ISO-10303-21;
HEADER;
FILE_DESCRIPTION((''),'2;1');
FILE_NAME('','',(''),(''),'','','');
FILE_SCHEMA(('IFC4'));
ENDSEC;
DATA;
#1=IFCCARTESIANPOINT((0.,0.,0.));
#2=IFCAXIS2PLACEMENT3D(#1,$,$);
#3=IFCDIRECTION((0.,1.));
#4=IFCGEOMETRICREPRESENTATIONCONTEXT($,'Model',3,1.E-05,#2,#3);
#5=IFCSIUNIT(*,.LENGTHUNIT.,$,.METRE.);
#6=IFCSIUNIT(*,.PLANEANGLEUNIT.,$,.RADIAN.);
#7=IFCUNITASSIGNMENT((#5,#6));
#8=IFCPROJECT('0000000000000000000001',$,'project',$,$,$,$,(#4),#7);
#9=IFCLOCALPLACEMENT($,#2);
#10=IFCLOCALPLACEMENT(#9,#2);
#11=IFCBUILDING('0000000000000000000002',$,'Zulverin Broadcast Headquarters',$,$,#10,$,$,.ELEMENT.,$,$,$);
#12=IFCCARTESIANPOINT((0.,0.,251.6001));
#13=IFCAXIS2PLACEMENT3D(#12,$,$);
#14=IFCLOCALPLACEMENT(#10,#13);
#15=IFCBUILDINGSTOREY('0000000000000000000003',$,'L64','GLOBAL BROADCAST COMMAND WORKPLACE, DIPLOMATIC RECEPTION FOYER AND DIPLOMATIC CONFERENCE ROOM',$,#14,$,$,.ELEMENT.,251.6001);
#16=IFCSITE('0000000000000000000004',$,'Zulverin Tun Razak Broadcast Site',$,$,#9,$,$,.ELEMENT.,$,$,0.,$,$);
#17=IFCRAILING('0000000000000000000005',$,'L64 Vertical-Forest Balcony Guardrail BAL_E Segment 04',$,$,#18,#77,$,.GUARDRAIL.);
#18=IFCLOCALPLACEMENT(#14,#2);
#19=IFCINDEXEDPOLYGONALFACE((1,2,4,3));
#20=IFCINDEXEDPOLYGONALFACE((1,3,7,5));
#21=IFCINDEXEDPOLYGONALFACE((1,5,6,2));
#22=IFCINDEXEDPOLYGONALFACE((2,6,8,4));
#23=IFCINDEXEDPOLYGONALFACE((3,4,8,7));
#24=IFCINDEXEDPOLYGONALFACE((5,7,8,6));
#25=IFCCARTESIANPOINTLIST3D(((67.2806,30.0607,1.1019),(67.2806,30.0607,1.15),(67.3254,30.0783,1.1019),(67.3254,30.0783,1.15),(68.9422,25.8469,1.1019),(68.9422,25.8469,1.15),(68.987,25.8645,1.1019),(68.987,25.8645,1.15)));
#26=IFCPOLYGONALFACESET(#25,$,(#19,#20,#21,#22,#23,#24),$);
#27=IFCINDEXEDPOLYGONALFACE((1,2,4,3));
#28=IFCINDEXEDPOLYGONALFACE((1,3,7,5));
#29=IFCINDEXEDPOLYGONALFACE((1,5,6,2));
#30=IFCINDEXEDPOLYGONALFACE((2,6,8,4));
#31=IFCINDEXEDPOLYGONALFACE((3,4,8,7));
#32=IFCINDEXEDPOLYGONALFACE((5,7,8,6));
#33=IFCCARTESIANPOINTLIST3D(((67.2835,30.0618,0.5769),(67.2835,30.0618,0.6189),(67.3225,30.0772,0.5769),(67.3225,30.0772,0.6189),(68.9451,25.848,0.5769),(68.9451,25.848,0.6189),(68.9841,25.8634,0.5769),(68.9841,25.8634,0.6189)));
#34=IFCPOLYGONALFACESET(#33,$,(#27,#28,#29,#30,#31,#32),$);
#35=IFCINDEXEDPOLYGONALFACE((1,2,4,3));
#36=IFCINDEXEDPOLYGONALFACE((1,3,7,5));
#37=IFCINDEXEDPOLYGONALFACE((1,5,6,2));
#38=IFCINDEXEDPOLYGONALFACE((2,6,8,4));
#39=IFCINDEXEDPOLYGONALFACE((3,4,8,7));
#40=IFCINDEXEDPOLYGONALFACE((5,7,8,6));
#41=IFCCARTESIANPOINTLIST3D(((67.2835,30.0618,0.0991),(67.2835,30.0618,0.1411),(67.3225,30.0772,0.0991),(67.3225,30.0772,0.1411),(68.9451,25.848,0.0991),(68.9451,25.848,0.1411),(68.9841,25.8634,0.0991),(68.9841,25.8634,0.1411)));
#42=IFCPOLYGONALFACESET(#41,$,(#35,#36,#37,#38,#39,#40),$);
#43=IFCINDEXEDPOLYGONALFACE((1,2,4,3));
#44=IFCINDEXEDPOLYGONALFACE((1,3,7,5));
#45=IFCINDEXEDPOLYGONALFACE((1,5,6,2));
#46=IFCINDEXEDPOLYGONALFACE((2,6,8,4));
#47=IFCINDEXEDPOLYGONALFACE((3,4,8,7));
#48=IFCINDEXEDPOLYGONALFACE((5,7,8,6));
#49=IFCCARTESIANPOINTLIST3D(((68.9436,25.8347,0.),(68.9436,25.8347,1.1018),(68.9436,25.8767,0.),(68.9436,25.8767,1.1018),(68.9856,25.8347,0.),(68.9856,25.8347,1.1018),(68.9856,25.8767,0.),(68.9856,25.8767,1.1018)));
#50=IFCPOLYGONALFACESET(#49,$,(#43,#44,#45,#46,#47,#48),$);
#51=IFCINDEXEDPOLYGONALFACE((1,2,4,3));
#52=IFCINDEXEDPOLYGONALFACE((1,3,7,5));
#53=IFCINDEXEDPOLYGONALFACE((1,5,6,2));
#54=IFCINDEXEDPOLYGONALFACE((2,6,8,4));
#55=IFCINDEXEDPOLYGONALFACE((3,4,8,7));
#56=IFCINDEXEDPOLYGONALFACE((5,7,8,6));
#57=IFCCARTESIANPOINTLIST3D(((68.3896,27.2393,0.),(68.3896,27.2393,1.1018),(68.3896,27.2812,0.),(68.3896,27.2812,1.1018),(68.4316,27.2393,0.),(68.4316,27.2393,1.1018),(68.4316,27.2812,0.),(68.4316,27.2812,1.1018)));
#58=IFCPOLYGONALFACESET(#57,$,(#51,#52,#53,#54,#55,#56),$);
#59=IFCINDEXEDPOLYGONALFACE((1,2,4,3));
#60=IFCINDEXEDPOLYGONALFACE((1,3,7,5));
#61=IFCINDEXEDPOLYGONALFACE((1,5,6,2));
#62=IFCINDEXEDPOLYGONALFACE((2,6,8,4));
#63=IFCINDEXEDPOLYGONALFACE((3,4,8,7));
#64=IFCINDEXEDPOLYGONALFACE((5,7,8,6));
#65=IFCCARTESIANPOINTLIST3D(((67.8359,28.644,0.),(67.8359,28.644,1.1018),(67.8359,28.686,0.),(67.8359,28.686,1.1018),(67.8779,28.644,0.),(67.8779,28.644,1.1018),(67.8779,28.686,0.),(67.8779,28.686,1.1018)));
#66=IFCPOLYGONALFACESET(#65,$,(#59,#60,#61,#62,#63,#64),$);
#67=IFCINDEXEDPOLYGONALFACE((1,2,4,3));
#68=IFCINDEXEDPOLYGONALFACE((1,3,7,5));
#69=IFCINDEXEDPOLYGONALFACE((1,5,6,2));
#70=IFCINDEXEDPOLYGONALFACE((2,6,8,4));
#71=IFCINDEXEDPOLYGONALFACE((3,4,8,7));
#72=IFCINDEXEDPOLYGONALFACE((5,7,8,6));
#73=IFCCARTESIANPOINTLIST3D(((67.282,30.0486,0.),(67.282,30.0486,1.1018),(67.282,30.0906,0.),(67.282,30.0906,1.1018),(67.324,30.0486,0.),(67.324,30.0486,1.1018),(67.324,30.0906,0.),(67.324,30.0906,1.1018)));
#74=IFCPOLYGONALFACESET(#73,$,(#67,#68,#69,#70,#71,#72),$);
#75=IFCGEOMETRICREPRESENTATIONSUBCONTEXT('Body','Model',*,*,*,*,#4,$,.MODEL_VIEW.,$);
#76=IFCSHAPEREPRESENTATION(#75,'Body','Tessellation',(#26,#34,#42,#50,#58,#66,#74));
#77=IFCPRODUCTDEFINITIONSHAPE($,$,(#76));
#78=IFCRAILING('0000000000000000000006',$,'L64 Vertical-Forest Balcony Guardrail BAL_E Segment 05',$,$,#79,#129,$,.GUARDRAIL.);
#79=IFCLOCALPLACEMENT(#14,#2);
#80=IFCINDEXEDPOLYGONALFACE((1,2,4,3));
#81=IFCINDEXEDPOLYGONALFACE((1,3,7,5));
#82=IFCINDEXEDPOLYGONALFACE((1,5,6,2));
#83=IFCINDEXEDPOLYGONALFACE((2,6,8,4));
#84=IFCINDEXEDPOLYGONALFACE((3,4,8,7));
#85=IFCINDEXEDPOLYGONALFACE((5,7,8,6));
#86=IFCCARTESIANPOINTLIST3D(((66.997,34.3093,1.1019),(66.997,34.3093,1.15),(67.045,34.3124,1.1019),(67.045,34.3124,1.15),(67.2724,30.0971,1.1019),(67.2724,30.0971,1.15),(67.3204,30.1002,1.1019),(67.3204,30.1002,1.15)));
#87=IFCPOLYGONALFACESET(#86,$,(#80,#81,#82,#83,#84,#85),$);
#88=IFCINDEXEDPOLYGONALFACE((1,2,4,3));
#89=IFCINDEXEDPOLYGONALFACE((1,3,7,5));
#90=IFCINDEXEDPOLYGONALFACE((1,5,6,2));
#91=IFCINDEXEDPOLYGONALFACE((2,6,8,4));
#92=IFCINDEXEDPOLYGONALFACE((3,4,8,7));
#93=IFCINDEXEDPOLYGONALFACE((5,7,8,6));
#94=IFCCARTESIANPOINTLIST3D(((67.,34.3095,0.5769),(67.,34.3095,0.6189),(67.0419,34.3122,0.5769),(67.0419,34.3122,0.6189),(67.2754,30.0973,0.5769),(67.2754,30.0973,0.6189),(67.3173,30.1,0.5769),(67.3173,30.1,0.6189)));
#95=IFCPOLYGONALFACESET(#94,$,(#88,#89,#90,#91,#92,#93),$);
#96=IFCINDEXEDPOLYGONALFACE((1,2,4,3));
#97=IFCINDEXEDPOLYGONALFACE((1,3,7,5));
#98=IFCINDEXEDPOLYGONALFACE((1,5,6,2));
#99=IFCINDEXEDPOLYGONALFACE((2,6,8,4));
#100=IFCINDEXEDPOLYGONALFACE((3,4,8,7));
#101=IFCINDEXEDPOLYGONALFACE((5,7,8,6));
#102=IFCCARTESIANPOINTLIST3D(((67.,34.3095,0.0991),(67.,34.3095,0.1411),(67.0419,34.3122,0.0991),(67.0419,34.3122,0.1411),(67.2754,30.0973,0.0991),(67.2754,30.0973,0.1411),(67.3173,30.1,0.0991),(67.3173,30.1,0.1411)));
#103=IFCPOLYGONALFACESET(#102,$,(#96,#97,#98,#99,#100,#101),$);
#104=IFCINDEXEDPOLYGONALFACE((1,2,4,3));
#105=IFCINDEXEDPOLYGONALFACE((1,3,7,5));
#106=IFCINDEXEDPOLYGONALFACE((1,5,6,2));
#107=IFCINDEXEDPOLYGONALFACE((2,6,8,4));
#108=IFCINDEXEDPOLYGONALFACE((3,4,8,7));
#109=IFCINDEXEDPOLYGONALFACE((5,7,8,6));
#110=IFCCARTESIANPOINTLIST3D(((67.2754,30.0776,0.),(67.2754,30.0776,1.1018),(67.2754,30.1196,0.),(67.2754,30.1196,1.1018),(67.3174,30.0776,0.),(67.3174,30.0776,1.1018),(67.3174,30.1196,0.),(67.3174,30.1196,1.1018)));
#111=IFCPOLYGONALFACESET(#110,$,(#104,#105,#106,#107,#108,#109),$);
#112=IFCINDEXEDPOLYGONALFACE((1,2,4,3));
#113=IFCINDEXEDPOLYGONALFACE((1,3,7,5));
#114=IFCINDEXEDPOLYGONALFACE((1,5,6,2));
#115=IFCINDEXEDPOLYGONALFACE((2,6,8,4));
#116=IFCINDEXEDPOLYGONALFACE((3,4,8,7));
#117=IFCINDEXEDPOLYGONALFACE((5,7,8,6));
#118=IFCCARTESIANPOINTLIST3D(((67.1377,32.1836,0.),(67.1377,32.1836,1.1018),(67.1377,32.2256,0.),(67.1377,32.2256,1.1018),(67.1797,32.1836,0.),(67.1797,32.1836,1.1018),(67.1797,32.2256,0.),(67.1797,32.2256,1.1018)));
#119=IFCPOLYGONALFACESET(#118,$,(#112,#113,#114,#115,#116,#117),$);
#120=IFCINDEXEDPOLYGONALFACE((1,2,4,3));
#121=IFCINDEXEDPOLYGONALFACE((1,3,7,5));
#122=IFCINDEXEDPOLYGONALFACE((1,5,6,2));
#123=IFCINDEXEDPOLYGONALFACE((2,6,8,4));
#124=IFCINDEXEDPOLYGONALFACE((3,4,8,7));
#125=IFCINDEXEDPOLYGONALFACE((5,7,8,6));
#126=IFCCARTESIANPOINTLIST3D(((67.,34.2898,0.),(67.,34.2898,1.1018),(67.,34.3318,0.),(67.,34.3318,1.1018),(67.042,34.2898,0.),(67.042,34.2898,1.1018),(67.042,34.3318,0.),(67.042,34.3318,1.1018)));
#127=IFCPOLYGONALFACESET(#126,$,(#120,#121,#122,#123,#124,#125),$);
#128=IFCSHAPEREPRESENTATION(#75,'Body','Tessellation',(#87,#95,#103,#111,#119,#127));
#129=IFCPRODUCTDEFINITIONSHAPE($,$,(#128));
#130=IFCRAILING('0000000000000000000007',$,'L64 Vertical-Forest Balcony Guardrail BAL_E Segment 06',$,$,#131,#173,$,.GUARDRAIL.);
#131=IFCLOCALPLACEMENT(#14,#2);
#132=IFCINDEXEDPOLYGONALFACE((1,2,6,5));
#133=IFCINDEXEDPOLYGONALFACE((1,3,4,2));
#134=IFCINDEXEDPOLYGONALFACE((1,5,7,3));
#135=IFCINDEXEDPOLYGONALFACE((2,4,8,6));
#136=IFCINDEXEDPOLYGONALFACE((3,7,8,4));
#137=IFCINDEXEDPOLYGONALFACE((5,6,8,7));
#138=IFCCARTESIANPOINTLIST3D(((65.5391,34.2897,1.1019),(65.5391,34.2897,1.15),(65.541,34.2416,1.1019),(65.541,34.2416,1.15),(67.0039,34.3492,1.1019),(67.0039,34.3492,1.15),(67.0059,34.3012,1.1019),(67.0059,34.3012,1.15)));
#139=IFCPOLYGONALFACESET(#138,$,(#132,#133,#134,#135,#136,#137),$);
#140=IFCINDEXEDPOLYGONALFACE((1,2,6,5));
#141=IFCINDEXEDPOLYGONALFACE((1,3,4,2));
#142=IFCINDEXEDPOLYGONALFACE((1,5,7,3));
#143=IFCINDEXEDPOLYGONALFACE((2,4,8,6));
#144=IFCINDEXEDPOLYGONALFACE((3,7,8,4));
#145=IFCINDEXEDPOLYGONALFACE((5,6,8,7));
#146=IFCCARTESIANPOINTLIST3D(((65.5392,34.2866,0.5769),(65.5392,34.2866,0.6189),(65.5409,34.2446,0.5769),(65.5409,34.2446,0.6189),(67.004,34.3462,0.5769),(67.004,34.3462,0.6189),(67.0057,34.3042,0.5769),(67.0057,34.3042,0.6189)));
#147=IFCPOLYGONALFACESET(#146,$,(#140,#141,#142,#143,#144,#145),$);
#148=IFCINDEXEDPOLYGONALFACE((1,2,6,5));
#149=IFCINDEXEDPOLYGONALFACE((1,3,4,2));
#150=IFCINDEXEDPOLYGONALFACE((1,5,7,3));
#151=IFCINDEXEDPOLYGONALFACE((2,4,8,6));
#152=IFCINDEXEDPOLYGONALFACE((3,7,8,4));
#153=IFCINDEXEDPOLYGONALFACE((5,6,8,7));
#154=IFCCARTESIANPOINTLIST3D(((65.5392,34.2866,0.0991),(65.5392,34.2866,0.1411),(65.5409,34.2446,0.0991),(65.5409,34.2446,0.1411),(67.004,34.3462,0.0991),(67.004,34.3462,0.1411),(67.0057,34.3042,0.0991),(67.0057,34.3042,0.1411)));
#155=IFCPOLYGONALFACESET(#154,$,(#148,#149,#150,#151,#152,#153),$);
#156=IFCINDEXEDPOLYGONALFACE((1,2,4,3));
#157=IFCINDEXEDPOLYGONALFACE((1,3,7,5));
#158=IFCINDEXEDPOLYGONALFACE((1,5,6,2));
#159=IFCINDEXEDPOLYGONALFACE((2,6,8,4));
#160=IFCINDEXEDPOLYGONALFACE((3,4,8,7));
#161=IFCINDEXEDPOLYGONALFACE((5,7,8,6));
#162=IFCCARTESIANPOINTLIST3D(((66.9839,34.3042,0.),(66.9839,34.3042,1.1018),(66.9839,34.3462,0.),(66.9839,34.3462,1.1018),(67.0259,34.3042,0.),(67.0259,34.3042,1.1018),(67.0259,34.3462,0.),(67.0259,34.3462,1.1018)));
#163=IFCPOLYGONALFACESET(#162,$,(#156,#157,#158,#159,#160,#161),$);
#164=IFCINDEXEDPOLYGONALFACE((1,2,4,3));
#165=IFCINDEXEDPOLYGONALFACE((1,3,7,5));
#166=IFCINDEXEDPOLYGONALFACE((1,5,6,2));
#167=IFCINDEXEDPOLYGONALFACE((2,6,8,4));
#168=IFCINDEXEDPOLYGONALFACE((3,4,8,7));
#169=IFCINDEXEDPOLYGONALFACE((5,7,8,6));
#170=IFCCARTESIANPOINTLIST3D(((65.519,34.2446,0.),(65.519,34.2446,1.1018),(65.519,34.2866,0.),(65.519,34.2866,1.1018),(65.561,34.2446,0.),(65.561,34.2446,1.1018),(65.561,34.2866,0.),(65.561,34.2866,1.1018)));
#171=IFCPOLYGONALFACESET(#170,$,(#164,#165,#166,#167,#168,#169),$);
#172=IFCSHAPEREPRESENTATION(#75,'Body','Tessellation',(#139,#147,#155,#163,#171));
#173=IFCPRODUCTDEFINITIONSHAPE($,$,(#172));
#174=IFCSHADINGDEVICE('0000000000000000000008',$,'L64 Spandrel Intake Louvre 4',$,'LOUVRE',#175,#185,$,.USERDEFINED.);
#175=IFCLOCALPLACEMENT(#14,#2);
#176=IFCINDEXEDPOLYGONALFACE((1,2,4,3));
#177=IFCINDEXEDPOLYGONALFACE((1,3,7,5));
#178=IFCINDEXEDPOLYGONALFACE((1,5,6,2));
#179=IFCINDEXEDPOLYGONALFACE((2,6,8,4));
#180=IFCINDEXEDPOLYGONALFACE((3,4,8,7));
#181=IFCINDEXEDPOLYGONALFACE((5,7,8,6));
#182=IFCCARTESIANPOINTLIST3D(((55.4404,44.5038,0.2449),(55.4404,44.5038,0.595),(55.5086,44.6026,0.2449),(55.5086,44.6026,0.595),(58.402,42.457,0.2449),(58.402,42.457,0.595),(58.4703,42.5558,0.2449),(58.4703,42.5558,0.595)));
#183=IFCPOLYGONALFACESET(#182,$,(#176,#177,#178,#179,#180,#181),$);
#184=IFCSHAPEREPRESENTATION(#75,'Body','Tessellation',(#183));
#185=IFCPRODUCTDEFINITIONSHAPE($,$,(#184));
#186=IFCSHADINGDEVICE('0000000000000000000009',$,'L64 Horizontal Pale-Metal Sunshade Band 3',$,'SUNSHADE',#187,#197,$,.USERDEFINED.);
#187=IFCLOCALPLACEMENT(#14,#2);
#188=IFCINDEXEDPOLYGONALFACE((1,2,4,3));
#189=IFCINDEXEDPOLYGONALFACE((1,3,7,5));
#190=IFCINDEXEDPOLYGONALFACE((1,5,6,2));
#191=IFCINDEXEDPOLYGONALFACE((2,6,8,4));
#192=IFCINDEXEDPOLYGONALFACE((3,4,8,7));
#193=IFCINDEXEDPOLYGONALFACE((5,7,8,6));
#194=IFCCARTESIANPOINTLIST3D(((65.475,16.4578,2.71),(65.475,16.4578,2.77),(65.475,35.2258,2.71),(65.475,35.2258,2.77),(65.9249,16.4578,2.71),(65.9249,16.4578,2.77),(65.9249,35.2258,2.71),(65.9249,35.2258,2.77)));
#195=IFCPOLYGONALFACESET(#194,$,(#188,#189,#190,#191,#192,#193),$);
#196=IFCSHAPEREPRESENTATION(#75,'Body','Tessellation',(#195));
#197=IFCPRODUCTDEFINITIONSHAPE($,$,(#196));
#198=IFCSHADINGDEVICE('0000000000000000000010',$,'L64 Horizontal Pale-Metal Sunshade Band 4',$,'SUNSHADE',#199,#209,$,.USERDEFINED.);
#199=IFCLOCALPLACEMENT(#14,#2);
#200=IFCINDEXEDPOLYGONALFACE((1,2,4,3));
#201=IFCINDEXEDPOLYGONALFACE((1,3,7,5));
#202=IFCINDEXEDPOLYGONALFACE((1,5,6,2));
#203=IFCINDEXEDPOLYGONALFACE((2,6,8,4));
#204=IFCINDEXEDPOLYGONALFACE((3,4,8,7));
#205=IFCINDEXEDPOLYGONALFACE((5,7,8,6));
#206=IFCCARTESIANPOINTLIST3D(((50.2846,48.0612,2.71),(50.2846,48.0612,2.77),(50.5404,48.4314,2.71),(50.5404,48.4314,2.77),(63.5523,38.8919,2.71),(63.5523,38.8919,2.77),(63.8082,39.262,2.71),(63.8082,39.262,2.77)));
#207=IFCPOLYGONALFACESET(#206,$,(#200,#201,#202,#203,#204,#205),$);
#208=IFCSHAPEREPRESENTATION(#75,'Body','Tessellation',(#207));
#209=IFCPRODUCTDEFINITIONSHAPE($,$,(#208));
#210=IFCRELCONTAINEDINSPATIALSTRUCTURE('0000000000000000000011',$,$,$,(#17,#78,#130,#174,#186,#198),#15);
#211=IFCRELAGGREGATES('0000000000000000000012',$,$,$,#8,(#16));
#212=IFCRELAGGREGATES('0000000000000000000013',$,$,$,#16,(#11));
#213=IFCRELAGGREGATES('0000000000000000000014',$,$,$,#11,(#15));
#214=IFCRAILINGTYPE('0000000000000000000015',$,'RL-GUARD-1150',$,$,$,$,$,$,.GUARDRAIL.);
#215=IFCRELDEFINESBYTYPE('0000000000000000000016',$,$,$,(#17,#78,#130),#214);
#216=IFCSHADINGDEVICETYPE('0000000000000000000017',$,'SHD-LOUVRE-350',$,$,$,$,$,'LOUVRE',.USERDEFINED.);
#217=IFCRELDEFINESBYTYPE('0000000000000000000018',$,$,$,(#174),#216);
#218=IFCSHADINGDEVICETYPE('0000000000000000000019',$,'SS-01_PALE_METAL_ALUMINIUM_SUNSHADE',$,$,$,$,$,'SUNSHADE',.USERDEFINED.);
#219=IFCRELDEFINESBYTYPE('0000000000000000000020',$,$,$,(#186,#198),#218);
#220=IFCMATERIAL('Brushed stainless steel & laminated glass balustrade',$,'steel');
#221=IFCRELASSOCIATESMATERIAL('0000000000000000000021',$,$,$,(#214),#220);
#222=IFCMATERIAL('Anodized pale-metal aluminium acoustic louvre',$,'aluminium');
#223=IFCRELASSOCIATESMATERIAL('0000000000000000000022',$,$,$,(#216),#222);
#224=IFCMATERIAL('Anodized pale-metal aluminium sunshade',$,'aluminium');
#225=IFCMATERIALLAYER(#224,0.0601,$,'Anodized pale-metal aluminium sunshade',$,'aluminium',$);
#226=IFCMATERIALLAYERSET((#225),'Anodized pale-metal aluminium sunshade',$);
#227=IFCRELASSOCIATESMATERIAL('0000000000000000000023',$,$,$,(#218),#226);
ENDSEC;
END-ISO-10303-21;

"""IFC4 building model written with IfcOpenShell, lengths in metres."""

from ifc_helpers import new_model, si_unit, direction, frame, origin, origin_2d, place, context, subcontext, project, spatial, rectangle, extrude, material, layer, layer_set, type_object, element, save


model = new_model("IFC4")

# Units and contexts
model_context = context("Model", 3, precision=1e-05, world=origin(), true_north=direction((0.0, 1.0)))
body_context = subcontext(model_context, "Body", "Model", "MODEL_VIEW")
ifc_project = project(units=[si_unit("LENGTHUNIT", "METRE"), si_unit("PLANEANGLEUNIT", "RADIAN")], contexts=[model_context])

# Site, building, storey
site_placement = place(None, origin())
site = spatial("IfcSite", under=ifc_project, at=site_placement, Name="Zulverin Tun Razak Broadcast Site", CompositionType="ELEMENT", RefElevation=0.0)
building_placement = place(site_placement, origin())
building = spatial("IfcBuilding", under=site, at=building_placement, Name="Zulverin Broadcast Headquarters", CompositionType="ELEMENT")
storey_placement = place(building_placement, frame((0.0, 0.0, 251.6001)))
storey = spatial("IfcBuildingStorey", under=building, at=storey_placement, Name="L64", Description="GLOBAL BROADCAST COMMAND WORKPLACE, DIPLOMATIC RECEPTION FOYER AND DIPLOMATIC CONFERENCE ROOM", CompositionType="ELEMENT", Elevation=251.6001)

# Railings
ifc_material_1 = material(Name="Brushed stainless steel & laminated glass balustrade", Category="steel")
railing_type = type_object("IfcRailingType", Name="RL-GUARD-1150", PredefinedType="GUARDRAIL", material=ifc_material_1)
railing_1_placement = place(storey_placement, frame((68.9646, 25.8557, 0.0)))
element("IfcRailing", 1, at=railing_1_placement, inside=storey, type_object=railing_type, Name="L64 Vertical-Forest Balcony Guardrail BAL_E Segment 04", PredefinedType="GUARDRAIL", context=body_context, shape_type="SweptSolid", body=[
    extrude(rectangle(XDim=0.0481, YDim=0.0481, at=origin_2d()), frame((0.0, 0.0, 1.126), z_axis=(-0.366833, 0.930287, 0.0), x_axis=(-0.930287, -0.366833, 0.0)), (0.0, 0.0, 1.0), 4.5295),
    extrude(rectangle(XDim=0.042, YDim=0.042, at=origin_2d()), frame((0.0, 0.0, 0.5979), z_axis=(-0.366833, 0.930287, 0.0), x_axis=(-0.930287, -0.366833, 0.0)), (0.0, 0.0, 1.0), 4.5295),
    extrude(rectangle(XDim=0.042, YDim=0.042, at=origin_2d()), frame((0.0, 0.0, 0.1201), z_axis=(-0.366833, 0.930287, 0.0), x_axis=(-0.930287, -0.366833, 0.0)), (0.0, 0.0, 1.0), 4.5295),
    extrude(rectangle(XDim=0.042, YDim=0.042, at=origin_2d()), origin(), (0.0, 0.0, 1.0), 1.1018),
    extrude(rectangle(XDim=0.042, YDim=0.042, at=origin_2d()), frame((-0.554, 1.4045, 0.0)), (0.0, 0.0, 1.0), 1.1018),
    extrude(rectangle(XDim=0.042, YDim=0.042, at=origin_2d()), frame((-1.1077, 2.8093, 0.0)), (0.0, 0.0, 1.0), 1.1018),
    extrude(rectangle(XDim=0.042, YDim=0.042, at=origin_2d()), frame((-1.6616, 4.2139, 0.0)), (0.0, 0.0, 1.0), 1.1018),
])
railing_2_placement = place(storey_placement, frame((67.2964, 30.0986, 0.0)))
element("IfcRailing", 2, at=railing_2_placement, inside=storey, type_object=railing_type, Name="L64 Vertical-Forest Balcony Guardrail BAL_E Segment 05", PredefinedType="GUARDRAIL", context=body_context, shape_type="SweptSolid", body=[
    extrude(rectangle(XDim=0.0481, YDim=0.0481, at=origin_2d()), frame((0.0, 0.0, 1.126), z_axis=(-0.065241, 0.99787, 0.0), x_axis=(-0.99787, -0.065241, 0.0)), (0.0, 0.0, 1.0), 4.2212),
    extrude(rectangle(XDim=0.042, YDim=0.042, at=origin_2d()), frame((0.0, 0.0, 0.5979), z_axis=(-0.065241, 0.99787, 0.0), x_axis=(-0.99787, -0.065241, 0.0)), (0.0, 0.0, 1.0), 4.2212),
    extrude(rectangle(XDim=0.042, YDim=0.042, at=origin_2d()), frame((0.0, 0.0, 0.1201), z_axis=(-0.065241, 0.99787, 0.0), x_axis=(-0.99787, -0.065241, 0.0)), (0.0, 0.0, 1.0), 4.2212),
    extrude(rectangle(XDim=0.042, YDim=0.042, at=origin_2d()), origin(), (0.0, 0.0, 1.0), 1.1018),
    extrude(rectangle(XDim=0.042, YDim=0.042, at=origin_2d()), frame((-0.1377, 2.106, 0.0)), (0.0, 0.0, 1.0), 1.1018),
    extrude(rectangle(XDim=0.042, YDim=0.042, at=origin_2d()), frame((-0.2754, 4.2122, 0.0)), (0.0, 0.0, 1.0), 1.1018),
])
railing_3_placement = place(storey_placement, frame((67.0049, 34.3252, 0.0)))
element("IfcRailing", 3, at=railing_3_placement, inside=storey, type_object=railing_type, Name="L64 Vertical-Forest Balcony Guardrail BAL_E Segment 06", PredefinedType="GUARDRAIL", context=body_context, shape_type="SweptSolid", body=[
    extrude(rectangle(XDim=0.0481, YDim=0.0481, at=origin_2d()), frame((0.0, 0.0, 1.126), z_axis=(-0.999174, -0.040633, 0.0), x_axis=(0.040633, -0.999174, 0.0)), (0.0, 0.0, 1.0), 1.4661),
    extrude(rectangle(XDim=0.042, YDim=0.042, at=origin_2d()), frame((0.0, 0.0, 0.5979), z_axis=(-0.999174, -0.040633, 0.0), x_axis=(0.040633, -0.999174, 0.0)), (0.0, 0.0, 1.0), 1.4661),
    extrude(rectangle(XDim=0.042, YDim=0.042, at=origin_2d()), frame((0.0, 0.0, 0.1201), z_axis=(-0.999174, -0.040633, 0.0), x_axis=(0.040633, -0.999174, 0.0)), (0.0, 0.0, 1.0), 1.4661),
    extrude(rectangle(XDim=0.042, YDim=0.042, at=origin_2d()), origin(), (0.0, 0.0, 1.0), 1.1018),
    extrude(rectangle(XDim=0.042, YDim=0.042, at=origin_2d()), frame((-1.4648, -0.0596, 0.0)), (0.0, 0.0, 1.0), 1.1018),
])

# Shading devices
ifc_material_2 = material(Name="Anodized pale-metal aluminium acoustic louvre", Category="aluminium")
shading_device_type_1 = type_object("IfcShadingDeviceType", Name="SHD-LOUVRE-350", ElementType="LOUVRE", PredefinedType="USERDEFINED", material=ifc_material_2)
shading_device_1_placement = place(storey_placement, frame((56.9553, 43.5298, 0.2449), z_axis=(0.0, 0.0, 1.0), x_axis=(-0.822655, 0.56854, 0.0)))
element("IfcShadingDevice", 4, at=shading_device_1_placement, inside=storey, type_object=shading_device_type_1, Name="L64 Spandrel Intake Louvre 4", ObjectType="LOUVRE", PredefinedType="USERDEFINED", context=body_context, shape_type="SweptSolid", body=[
    extrude(rectangle(XDim=3.6001, YDim=0.1201, at=origin_2d()), origin(), (0.0, 0.0, 1.0), 0.3501),
])
ifc_material_3 = material(Name="Anodized pale-metal aluminium sunshade", Category="aluminium")
ifc_layer_1 = layer(ifc_material_3, 0.0601, Name="Anodized pale-metal aluminium sunshade", Category="aluminium")
ifc_layer_set_1 = layer_set([ifc_layer_1], Name="Anodized pale-metal aluminium sunshade")
shading_device_type_2 = type_object("IfcShadingDeviceType", Name="SS-01_PALE_METAL_ALUMINIUM_SUNSHADE", ElementType="SUNSHADE", PredefinedType="USERDEFINED", material=ifc_layer_set_1)
shading_device_2_placement = place(storey_placement, frame((65.7, 25.8418, 2.71), z_axis=(0.0, 0.0, 1.0), x_axis=(0.0, 1.0, 0.0)))
element("IfcShadingDevice", 5, at=shading_device_2_placement, inside=storey, type_object=shading_device_type_2, Name="L64 Horizontal Pale-Metal Sunshade Band 3", ObjectType="SUNSHADE", PredefinedType="USERDEFINED", context=body_context, shape_type="SweptSolid", body=[
    extrude(rectangle(XDim=18.7681, YDim=0.45, at=origin_2d()), origin(), (0.0, 0.0, 1.0), 0.0601),
])
shading_device_3_placement = place(storey_placement, frame((57.0464, 43.6616, 2.71), z_axis=(0.0, 0.0, 1.0), x_axis=(-0.822655, 0.56854, 0.0)))
element("IfcShadingDevice", 6, at=shading_device_3_placement, inside=storey, type_object=shading_device_type_2, Name="L64 Horizontal Pale-Metal Sunshade Band 4", ObjectType="SUNSHADE", PredefinedType="USERDEFINED", context=body_context, shape_type="SweptSolid", body=[
    extrude(rectangle(XDim=16.1279, YDim=0.45, at=origin_2d()), origin(), (0.0, 0.0, 1.0), 0.0601),
])

save(model, "model.ifc")
